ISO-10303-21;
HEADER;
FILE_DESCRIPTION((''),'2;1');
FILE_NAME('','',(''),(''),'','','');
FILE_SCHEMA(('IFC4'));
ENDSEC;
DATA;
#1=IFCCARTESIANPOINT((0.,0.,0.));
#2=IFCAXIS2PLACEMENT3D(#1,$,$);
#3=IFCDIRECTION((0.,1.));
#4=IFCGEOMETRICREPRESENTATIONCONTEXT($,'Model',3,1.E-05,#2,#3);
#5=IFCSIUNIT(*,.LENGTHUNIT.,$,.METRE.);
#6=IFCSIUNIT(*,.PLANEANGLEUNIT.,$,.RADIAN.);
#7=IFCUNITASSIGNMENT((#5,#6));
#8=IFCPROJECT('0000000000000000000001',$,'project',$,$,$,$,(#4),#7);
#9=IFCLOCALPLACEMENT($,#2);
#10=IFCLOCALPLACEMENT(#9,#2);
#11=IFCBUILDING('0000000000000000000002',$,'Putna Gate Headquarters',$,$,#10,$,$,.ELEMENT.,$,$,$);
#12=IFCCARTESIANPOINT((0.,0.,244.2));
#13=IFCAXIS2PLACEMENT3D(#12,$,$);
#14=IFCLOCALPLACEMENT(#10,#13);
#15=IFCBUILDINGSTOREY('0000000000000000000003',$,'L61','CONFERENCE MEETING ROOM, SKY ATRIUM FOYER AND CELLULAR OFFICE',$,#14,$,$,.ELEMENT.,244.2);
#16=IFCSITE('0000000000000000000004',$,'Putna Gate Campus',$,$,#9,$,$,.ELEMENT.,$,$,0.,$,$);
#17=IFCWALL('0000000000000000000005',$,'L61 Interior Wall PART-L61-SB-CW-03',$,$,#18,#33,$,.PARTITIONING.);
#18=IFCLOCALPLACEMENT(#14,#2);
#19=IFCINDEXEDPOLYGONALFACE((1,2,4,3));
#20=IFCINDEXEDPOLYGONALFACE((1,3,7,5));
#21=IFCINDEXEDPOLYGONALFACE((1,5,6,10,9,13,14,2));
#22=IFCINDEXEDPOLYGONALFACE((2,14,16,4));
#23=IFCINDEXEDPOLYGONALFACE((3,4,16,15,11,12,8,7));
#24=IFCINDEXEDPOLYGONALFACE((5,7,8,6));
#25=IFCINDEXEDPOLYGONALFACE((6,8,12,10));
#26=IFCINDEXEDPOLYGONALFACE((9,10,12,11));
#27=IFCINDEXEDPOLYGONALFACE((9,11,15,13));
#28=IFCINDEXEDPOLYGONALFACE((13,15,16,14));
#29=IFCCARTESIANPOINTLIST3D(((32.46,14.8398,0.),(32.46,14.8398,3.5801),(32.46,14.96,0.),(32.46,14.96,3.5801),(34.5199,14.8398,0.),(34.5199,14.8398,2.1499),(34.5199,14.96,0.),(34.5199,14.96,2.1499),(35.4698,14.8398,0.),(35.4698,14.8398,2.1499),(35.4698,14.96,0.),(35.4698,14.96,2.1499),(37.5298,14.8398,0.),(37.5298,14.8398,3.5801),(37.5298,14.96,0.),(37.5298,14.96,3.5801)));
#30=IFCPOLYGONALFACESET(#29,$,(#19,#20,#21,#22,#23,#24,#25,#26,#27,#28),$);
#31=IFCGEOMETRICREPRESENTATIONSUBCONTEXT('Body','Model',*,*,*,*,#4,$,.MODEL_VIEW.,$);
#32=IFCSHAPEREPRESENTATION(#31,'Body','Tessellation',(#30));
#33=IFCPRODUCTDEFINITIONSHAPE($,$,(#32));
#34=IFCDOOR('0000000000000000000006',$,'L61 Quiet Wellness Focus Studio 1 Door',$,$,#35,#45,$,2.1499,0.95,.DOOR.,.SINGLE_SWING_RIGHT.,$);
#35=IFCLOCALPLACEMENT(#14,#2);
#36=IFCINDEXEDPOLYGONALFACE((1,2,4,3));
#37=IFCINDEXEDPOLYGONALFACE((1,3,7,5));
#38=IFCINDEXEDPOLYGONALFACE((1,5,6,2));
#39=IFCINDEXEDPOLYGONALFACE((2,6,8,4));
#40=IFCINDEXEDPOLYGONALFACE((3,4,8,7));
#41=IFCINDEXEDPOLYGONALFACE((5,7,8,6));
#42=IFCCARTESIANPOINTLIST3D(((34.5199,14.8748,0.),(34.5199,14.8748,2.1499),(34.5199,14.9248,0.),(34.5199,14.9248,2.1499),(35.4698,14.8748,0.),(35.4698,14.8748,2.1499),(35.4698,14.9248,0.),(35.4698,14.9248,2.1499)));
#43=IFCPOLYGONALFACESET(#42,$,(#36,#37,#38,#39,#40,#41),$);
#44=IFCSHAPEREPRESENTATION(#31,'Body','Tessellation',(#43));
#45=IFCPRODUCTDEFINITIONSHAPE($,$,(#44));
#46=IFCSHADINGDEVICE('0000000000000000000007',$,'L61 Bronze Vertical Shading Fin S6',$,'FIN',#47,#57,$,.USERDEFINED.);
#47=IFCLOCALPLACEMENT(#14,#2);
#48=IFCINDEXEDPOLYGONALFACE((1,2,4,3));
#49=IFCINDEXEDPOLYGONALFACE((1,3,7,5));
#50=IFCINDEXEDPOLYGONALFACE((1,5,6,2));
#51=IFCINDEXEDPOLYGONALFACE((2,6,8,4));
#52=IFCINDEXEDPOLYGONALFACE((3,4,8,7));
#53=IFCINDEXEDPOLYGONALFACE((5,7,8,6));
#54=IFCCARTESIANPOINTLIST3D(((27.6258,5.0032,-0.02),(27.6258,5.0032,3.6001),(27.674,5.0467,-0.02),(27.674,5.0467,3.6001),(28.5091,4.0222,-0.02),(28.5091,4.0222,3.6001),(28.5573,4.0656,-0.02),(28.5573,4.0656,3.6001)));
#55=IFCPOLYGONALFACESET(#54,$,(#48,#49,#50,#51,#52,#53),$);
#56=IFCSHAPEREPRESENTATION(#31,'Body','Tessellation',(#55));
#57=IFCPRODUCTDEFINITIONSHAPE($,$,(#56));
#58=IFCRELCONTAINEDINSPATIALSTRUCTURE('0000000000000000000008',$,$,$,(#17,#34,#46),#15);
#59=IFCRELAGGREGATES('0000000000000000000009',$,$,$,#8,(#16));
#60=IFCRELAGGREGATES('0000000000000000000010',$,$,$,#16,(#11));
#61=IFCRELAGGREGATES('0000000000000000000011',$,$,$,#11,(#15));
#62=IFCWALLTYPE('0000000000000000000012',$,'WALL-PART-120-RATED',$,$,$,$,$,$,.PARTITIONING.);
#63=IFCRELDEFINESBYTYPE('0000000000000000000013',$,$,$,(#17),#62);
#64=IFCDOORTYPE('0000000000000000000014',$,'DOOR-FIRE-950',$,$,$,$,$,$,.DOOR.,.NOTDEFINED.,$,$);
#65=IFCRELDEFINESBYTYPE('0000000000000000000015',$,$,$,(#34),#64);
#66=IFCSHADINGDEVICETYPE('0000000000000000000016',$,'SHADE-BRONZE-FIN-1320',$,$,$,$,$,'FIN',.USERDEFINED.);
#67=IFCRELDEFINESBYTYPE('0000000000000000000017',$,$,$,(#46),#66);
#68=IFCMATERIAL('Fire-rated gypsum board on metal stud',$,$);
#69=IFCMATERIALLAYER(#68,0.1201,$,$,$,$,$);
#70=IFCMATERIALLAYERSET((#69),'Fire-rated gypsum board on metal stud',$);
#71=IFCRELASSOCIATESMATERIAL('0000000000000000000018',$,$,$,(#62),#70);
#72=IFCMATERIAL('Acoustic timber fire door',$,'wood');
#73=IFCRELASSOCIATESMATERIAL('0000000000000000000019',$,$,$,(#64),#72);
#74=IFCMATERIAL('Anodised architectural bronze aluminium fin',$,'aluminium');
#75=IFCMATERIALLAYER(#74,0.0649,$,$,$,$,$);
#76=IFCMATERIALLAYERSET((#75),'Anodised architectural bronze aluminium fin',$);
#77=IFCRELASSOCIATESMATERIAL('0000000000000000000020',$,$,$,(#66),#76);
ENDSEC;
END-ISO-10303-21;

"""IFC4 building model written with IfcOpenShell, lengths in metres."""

from ifc_helpers import new_model, si_unit, direction, frame, frame_2d, origin, origin_2d, place, context, subcontext, project, spatial, rectangle, extrude, material, layer, layer_set, type_object, element, fill, save


model = new_model("IFC4")

# Units and contexts
model_context = context("Model", 3, precision=1e-05, world=origin(), true_north=direction((0.0, 1.0)))
body_context = subcontext(model_context, "Body", "Model", "MODEL_VIEW")
ifc_project = project(units=[si_unit("LENGTHUNIT", "METRE"), si_unit("PLANEANGLEUNIT", "RADIAN")], contexts=[model_context])

# Site, building, storey
site_placement = place(None, origin())
site = spatial("IfcSite", under=ifc_project, at=site_placement, Name="Putna Gate Campus", CompositionType="ELEMENT", RefElevation=0.0)
building_placement = place(site_placement, origin())
building = spatial("IfcBuilding", under=site, at=building_placement, Name="Putna Gate Headquarters", CompositionType="ELEMENT")
storey_placement = place(building_placement, frame((0.0, 0.0, 244.2)))
storey = spatial("IfcBuildingStorey", under=building, at=storey_placement, Name="L61", Description="CONFERENCE MEETING ROOM, SKY ATRIUM FOYER AND CELLULAR OFFICE", CompositionType="ELEMENT", Elevation=244.2)

# Wall, opening, door
ifc_material_1 = material(Name="Fire-rated gypsum board on metal stud")
ifc_layer_1 = layer(ifc_material_1, 0.1201)
ifc_layer_set_1 = layer_set([ifc_layer_1], Name="Fire-rated gypsum board on metal stud")
wall_type_1 = type_object("IfcWallType", Name="WALL-PART-120-RATED", PredefinedType="PARTITIONING", material=ifc_layer_set_1)
ifc_material_2 = material(Name="Acoustic timber fire door", Category="wood")
door_type = type_object("IfcDoorType", Name="DOOR-FIRE-950", OperationType="NOTDEFINED", PredefinedType="DOOR", material=ifc_material_2)
wall_1_placement = place(storey_placement, frame((32.46, 14.8999, 0.0), z_axis=(0.0, 0.0, 1.0), x_axis=(1.0, 0.0, 0.0)))
wall_1 = element("IfcWall", 1, at=wall_1_placement, inside=storey, type_object=wall_type_1, Name="L61 Interior Wall PART-L61-SB-CW-03", PredefinedType="PARTITIONING", context=body_context, shape_type="SweptSolid", body=[
    extrude(rectangle(XDim=5.0698, YDim=0.1201, at=frame_2d((2.5349, 0.0))), origin(), (0.0, 0.0, 1.0), 3.5801),
])
opening_1_placement = place(wall_1_placement, frame((2.0598, 0.0, 0.0)))
opening_1 = element("IfcOpeningElement", 2, at=opening_1_placement, cuts=wall_1, PredefinedType="OPENING", context=body_context, shape_type="SweptSolid", body=[
    extrude(rectangle(XDim=0.95, YDim=2.1499, at=frame_2d((0.4751, 1.075))), frame((0.0, 0.0701, 0.0), z_axis=(0.0, -1.0, 0.0), x_axis=(1.0, 0.0, 0.0)), (0.0, 0.0, 1.0), 0.1401),
])
door_1_placement = place(opening_1_placement, origin())
door_1 = element("IfcDoor", 3, at=door_1_placement, inside=storey, type_object=door_type, Name="L61 Quiet Wellness Focus Studio 1 Door", OperationType="SINGLE_SWING_RIGHT", OverallHeight=2.1499, OverallWidth=0.95, PredefinedType="DOOR", context=body_context, shape_type="SweptSolid", body=[
    extrude(rectangle(XDim=0.95, YDim=2.1499, at=frame_2d((0.4751, 1.075))), frame((0.0, 0.0249, 0.0), z_axis=(0.0, -1.0, 0.0), x_axis=(1.0, 0.0, 0.0)), (0.0, 0.0, 1.0), 0.05),
])
fill(opening_1, door_1)

# Shading device
ifc_material_3 = material(Name="Anodised architectural bronze aluminium fin", Category="aluminium")
ifc_layer_2 = layer(ifc_material_3, 0.0649)
ifc_layer_set_2 = layer_set([ifc_layer_2], Name="Anodised architectural bronze aluminium fin")
shading_device_type = type_object("IfcShadingDeviceType", Name="SHADE-BRONZE-FIN-1320", ElementType="FIN", PredefinedType="USERDEFINED", material=ifc_layer_set_2)
shading_device_placement = place(storey_placement, frame((28.0916, 4.5344, -0.02), z_axis=(0.0, 0.0, 1.0), x_axis=(0.669131, -0.743145, 0.0)))
element("IfcShadingDevice", 4, at=shading_device_placement, inside=storey, type_object=shading_device_type, Name="L61 Bronze Vertical Shading Fin S6", ObjectType="FIN", PredefinedType="USERDEFINED", context=body_context, shape_type="SweptSolid", body=[
    extrude(rectangle(XDim=1.3201, YDim=0.0649, at=origin_2d()), origin(), (0.0, 0.0, 1.0), 3.6201),
])

save(model, "model.ifc")
